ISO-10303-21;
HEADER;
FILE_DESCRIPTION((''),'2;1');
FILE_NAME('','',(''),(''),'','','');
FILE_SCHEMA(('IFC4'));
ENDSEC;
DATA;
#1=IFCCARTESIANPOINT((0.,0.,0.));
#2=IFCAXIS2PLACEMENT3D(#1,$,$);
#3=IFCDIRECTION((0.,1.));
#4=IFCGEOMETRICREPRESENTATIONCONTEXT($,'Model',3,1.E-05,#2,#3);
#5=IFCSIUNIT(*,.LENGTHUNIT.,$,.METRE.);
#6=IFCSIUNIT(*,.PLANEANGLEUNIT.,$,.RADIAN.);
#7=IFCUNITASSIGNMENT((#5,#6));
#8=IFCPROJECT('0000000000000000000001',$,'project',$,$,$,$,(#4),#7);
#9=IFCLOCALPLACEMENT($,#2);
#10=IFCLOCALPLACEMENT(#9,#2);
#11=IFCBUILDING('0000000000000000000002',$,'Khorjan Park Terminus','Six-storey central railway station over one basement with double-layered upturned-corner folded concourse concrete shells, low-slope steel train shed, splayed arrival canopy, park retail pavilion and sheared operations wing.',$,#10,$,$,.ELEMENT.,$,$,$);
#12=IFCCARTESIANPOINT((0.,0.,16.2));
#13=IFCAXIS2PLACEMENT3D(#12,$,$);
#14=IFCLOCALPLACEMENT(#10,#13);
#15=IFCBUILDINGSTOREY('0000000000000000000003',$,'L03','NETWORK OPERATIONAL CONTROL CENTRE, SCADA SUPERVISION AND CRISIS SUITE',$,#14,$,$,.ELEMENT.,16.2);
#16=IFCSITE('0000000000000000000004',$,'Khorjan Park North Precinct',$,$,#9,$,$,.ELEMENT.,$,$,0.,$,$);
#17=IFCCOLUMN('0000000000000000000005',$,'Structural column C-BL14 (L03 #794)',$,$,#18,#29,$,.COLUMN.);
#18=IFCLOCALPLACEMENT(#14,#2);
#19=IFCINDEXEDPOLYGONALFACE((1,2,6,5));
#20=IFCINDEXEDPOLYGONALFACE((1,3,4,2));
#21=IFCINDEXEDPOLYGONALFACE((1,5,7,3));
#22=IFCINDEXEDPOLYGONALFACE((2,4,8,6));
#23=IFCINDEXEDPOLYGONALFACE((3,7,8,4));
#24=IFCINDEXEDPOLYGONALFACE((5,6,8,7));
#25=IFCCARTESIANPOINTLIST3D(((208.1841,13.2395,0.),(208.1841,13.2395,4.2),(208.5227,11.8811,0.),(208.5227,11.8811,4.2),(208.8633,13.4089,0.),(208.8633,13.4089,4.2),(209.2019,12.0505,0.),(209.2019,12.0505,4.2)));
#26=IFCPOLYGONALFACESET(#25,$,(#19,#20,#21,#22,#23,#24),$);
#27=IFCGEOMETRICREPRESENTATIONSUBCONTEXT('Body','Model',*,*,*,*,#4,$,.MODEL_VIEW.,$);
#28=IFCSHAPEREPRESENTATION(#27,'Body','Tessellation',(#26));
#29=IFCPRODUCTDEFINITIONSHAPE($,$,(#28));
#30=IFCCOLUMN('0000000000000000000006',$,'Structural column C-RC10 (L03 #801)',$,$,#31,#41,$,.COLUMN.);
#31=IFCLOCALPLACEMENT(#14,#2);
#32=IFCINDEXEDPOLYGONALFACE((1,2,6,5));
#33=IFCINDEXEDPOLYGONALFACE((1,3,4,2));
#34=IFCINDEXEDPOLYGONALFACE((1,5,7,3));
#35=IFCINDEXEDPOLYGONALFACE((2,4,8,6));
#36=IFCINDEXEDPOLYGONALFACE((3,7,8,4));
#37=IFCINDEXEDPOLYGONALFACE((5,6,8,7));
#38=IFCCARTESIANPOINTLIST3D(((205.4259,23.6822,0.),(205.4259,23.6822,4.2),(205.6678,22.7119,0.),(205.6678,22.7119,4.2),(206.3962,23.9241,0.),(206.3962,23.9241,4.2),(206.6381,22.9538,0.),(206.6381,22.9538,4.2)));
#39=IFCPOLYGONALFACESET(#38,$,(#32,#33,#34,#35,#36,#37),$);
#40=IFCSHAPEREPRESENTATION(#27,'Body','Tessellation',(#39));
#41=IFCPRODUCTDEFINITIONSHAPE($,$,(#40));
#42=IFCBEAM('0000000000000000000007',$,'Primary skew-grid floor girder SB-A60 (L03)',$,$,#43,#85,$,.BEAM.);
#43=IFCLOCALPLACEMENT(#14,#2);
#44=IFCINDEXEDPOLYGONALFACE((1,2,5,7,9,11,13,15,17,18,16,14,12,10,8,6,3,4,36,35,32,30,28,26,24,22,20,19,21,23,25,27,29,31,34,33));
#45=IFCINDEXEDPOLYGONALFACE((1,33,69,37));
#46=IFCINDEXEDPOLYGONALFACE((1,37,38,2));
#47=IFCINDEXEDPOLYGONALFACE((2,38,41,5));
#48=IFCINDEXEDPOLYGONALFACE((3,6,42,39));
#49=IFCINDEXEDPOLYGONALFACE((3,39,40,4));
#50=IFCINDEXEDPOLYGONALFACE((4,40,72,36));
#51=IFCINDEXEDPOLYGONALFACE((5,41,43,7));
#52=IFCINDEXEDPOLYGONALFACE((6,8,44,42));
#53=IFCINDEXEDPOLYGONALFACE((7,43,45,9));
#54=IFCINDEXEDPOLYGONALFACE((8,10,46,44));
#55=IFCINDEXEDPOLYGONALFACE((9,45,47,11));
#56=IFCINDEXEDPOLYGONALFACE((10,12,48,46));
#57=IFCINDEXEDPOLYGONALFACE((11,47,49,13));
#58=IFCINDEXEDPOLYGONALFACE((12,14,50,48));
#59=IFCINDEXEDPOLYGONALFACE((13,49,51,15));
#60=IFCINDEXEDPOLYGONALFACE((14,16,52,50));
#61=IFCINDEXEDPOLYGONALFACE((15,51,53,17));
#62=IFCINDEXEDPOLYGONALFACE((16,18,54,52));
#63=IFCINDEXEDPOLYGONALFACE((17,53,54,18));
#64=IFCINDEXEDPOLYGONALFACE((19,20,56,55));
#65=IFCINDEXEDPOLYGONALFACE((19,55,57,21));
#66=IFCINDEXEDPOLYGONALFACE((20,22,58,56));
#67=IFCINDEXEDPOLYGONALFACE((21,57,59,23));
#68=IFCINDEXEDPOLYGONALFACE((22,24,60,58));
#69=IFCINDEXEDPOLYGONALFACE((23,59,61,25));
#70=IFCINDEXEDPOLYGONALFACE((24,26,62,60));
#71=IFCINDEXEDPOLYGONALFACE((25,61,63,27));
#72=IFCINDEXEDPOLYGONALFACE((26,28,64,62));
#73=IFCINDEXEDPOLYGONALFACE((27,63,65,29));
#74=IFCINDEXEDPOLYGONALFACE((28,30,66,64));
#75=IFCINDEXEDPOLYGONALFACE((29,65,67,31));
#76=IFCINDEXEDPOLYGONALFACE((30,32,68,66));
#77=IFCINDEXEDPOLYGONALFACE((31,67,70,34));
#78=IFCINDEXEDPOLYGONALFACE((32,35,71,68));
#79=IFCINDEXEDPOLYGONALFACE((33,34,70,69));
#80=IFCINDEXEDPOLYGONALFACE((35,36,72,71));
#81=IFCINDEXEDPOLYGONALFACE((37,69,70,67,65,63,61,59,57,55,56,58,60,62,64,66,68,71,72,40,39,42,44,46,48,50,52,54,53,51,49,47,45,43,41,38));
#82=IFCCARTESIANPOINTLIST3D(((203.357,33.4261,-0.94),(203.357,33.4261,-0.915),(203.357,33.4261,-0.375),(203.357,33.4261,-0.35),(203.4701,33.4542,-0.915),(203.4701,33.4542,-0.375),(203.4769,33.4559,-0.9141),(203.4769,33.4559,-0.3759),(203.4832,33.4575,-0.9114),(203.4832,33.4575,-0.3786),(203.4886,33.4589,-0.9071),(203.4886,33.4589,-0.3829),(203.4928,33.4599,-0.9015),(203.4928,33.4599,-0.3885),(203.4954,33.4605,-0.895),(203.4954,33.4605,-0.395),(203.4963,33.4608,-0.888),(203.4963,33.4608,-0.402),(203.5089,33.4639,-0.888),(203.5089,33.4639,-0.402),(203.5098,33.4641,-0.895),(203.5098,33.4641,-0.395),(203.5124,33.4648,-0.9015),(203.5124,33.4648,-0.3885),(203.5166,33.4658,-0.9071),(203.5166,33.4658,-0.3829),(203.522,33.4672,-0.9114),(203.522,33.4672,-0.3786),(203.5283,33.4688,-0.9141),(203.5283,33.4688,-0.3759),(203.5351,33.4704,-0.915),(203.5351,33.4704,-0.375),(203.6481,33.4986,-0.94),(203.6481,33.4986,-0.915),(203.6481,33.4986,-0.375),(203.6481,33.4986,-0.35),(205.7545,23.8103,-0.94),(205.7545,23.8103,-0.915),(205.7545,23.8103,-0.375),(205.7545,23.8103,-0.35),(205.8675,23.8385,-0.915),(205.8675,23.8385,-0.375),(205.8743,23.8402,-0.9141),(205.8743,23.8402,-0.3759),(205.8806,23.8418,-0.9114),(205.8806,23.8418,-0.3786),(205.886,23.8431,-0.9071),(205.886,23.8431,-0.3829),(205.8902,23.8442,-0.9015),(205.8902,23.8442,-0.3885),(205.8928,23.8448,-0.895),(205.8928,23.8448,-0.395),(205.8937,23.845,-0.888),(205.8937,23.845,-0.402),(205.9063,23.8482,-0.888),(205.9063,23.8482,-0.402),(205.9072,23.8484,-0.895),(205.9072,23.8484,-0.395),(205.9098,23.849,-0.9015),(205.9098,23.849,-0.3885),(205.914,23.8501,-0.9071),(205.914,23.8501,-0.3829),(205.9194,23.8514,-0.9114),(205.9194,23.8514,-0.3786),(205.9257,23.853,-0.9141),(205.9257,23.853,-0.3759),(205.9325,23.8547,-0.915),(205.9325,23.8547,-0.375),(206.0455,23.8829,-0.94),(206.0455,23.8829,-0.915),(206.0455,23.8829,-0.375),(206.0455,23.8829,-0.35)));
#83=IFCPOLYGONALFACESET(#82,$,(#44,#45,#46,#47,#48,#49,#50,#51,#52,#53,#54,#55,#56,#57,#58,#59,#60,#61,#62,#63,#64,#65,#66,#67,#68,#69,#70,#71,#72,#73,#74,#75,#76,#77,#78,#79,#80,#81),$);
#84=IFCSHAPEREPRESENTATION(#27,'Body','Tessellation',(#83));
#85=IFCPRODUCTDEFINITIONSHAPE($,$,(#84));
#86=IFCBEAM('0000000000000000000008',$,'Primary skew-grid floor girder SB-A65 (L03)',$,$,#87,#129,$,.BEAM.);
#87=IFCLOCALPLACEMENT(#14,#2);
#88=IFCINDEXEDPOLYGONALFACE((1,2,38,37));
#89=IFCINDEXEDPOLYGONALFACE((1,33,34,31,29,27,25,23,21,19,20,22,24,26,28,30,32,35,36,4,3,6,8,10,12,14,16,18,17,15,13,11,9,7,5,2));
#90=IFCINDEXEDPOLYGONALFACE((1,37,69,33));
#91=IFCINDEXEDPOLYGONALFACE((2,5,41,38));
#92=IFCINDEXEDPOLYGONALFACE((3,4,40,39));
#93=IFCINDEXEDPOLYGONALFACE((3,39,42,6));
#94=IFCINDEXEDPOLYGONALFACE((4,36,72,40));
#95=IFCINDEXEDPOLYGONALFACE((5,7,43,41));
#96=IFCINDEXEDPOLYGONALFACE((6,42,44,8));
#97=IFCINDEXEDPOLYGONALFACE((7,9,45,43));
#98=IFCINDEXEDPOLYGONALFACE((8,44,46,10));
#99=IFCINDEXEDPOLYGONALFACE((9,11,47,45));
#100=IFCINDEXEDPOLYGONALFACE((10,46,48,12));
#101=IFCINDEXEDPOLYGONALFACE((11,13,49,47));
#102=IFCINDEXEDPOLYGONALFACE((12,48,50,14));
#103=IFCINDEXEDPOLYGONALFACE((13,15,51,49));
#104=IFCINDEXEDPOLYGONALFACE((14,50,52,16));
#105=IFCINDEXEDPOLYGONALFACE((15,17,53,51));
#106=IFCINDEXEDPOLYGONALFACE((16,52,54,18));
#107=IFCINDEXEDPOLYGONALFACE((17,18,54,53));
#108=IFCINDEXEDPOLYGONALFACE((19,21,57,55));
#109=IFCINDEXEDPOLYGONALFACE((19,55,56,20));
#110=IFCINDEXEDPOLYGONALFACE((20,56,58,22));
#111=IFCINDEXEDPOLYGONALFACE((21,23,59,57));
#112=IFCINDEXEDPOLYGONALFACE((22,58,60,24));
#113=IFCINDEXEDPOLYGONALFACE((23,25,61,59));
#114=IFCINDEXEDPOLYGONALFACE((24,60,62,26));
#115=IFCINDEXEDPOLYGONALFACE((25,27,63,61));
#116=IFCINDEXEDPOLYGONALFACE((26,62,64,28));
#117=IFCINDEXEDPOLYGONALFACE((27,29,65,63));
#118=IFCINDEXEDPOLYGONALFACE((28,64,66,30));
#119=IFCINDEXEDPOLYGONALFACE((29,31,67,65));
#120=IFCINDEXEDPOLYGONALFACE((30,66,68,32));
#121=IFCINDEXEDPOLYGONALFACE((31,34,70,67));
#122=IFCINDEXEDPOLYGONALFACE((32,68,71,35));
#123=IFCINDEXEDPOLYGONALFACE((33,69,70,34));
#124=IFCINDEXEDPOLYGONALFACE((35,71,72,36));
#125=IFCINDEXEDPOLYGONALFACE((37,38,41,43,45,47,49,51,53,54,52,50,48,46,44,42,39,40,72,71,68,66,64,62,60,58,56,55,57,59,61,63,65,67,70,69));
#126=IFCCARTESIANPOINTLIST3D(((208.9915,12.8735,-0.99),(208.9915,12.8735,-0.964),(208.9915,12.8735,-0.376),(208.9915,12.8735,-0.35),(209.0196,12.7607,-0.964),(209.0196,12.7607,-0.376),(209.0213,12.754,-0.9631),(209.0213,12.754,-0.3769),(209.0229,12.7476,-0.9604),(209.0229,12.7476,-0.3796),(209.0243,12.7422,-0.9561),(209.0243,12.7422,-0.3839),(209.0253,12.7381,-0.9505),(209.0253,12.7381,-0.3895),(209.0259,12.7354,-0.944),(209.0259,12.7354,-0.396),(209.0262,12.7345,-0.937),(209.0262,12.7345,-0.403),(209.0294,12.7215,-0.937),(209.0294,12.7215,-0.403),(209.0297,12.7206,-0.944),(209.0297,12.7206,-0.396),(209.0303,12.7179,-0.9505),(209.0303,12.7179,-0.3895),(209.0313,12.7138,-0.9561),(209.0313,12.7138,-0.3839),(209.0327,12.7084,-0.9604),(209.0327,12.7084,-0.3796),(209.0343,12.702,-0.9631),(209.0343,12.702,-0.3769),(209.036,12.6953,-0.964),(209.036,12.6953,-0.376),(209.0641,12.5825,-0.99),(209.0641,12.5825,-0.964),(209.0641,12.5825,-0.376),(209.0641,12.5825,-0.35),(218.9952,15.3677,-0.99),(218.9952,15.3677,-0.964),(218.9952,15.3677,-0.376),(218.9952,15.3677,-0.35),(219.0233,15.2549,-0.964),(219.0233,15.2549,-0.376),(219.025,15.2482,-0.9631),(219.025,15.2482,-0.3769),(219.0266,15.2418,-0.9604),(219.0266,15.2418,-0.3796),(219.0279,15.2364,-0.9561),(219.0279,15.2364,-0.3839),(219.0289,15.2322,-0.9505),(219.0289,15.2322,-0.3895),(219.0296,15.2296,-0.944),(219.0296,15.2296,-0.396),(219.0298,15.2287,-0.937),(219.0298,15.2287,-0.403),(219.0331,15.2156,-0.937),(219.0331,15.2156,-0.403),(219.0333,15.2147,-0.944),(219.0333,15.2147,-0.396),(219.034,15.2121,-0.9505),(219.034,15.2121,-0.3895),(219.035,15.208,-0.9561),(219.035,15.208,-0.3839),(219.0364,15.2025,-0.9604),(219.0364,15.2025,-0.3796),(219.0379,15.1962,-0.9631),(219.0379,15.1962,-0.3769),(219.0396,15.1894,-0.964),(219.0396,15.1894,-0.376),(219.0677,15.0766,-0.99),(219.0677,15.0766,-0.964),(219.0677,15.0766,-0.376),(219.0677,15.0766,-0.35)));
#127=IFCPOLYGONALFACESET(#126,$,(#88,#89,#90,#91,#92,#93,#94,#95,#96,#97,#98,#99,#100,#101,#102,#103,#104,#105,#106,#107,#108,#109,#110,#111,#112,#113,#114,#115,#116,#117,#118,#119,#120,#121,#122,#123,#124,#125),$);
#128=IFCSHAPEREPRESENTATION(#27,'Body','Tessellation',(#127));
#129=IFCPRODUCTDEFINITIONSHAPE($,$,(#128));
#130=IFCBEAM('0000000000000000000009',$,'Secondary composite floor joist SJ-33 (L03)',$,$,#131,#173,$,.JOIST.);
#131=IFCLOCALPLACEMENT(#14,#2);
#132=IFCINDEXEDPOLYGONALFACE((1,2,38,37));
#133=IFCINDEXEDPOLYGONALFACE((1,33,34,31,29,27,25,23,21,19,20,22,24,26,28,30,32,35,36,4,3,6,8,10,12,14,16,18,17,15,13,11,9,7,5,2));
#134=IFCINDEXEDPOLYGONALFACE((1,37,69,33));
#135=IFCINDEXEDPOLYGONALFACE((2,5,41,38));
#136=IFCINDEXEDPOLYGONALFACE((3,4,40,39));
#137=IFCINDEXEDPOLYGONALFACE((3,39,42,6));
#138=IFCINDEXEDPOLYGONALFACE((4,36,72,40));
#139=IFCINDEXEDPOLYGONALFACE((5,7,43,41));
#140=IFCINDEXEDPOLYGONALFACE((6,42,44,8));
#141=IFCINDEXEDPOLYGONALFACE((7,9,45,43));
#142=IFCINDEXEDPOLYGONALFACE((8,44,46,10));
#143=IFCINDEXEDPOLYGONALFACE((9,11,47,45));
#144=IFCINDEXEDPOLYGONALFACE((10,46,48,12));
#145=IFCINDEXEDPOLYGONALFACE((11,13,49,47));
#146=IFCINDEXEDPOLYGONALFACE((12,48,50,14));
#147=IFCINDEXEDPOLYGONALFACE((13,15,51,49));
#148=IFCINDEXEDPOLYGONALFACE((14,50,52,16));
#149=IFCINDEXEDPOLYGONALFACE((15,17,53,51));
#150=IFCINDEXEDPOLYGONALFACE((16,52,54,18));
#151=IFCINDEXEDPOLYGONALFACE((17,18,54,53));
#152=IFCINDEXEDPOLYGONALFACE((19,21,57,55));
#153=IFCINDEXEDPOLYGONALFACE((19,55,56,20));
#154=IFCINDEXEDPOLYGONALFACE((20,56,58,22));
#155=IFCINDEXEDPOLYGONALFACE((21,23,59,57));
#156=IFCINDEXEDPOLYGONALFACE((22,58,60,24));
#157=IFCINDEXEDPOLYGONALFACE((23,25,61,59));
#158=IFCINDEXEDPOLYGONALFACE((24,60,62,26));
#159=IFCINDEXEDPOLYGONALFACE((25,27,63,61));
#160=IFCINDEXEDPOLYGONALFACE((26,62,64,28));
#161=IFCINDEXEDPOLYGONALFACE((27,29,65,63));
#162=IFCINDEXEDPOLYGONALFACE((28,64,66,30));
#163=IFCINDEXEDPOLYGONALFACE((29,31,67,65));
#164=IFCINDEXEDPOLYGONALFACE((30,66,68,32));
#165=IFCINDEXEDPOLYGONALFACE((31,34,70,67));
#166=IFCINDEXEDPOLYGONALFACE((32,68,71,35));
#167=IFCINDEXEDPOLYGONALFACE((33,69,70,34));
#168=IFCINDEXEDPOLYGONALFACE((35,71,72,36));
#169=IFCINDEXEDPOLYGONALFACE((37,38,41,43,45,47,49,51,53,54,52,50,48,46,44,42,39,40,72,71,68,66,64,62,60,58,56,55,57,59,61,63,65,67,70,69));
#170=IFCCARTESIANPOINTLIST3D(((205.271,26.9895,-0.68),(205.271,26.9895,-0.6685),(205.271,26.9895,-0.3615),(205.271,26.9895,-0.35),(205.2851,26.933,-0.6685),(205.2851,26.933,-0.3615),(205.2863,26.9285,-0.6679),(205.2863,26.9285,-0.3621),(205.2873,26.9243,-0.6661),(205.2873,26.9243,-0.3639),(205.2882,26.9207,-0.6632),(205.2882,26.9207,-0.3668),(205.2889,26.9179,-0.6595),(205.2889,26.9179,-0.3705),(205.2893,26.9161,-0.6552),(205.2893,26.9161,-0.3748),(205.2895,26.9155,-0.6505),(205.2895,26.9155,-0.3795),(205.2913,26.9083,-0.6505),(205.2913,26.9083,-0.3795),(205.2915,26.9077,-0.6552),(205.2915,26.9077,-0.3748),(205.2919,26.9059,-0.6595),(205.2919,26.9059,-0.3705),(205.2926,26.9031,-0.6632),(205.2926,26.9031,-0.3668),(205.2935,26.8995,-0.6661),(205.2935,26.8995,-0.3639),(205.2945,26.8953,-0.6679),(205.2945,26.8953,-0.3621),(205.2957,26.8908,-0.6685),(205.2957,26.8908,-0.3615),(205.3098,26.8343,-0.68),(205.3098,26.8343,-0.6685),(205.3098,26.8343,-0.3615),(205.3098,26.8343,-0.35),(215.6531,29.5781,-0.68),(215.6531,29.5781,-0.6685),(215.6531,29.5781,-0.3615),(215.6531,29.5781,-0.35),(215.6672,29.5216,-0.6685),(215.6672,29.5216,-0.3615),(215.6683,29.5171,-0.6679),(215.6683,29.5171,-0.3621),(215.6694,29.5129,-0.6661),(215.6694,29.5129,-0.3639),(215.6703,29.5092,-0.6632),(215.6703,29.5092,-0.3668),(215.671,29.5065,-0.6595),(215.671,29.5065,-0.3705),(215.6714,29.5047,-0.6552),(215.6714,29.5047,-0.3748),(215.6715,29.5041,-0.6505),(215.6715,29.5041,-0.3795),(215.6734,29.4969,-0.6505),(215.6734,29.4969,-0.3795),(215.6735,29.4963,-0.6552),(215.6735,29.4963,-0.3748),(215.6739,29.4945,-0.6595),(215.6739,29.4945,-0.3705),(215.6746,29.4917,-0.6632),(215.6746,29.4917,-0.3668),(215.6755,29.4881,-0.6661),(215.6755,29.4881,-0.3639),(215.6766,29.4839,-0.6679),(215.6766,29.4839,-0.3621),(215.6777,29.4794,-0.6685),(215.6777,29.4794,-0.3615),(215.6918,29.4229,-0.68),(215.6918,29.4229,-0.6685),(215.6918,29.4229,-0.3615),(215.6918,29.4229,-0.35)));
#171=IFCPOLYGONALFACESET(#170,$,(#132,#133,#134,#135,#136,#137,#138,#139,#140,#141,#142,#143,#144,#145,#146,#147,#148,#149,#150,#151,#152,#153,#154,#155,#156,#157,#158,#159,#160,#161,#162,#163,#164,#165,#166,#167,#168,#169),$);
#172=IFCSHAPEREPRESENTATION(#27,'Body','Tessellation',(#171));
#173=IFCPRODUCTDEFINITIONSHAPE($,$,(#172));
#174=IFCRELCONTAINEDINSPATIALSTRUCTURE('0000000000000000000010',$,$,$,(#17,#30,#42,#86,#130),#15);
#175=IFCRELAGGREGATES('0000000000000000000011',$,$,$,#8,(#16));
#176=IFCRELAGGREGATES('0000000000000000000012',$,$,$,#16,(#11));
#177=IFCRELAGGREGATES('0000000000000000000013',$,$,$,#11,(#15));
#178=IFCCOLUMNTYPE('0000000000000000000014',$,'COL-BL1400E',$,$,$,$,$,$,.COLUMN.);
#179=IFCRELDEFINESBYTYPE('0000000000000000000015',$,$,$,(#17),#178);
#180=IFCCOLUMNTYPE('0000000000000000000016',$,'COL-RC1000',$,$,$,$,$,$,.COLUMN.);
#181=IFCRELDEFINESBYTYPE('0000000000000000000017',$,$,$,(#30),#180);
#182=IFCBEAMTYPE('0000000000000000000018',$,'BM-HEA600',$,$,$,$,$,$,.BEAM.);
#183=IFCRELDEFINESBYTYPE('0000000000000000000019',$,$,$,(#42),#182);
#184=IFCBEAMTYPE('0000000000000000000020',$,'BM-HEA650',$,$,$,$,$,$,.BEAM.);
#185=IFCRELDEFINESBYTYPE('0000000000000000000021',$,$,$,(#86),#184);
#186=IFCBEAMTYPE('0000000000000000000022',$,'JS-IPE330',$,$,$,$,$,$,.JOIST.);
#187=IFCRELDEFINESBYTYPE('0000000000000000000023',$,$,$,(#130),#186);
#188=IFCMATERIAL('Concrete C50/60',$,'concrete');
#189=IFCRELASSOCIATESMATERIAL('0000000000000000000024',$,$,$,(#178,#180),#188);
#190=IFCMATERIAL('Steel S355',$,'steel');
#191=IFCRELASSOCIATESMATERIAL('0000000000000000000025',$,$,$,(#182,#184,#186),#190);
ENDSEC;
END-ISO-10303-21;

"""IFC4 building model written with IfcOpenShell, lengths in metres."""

from ifc_helpers import new_model, si_unit, direction, frame, origin, origin_2d, place, context, subcontext, project, spatial, rectangle, i_section, extrude, material, material_profile, profile_set, type_object, element, save


model = new_model("IFC4")

# Units and contexts
model_context = context("Model", 3, precision=1e-05, world=origin(), true_north=direction((0.0, 1.0)))
body_context = subcontext(model_context, "Body", "Model", "MODEL_VIEW")
ifc_project = project(units=[si_unit("LENGTHUNIT", "METRE"), si_unit("PLANEANGLEUNIT", "RADIAN")], contexts=[model_context])

# Site, building, storey
site_placement = place(None, origin())
site = spatial("IfcSite", under=ifc_project, at=site_placement, Name="Khorjan Park North Precinct", CompositionType="ELEMENT", RefElevation=0.0)
building_placement = place(site_placement, origin())
building = spatial("IfcBuilding", under=site, at=building_placement, Name="Khorjan Park Terminus", Description="Six-storey central railway station over one basement with double-layered upturned-corner folded concourse concrete shells, low-slope steel train shed, splayed arrival canopy, park retail pavilion and sheared operations wing.", CompositionType="ELEMENT")
storey_placement = place(building_placement, frame((0.0, 0.0, 16.2)))
storey = spatial("IfcBuildingStorey", under=building, at=storey_placement, Name="L03", Description="NETWORK OPERATIONAL CONTROL CENTRE, SCADA SUPERVISION AND CRISIS SUITE", CompositionType="ELEMENT", Elevation=16.2)

# Columns
ifc_material_1 = material(Name="Concrete C50/60", Category="concrete")
ifc_material_profile_1 = material_profile(ifc_material_1, rectangle(XDim=0.7, YDim=1.4, at=origin_2d()), Name="RC 700x1400")
ifc_profile_set_1 = profile_set([ifc_material_profile_1], Name="Concrete C50/60")
column_type_1 = type_object("IfcColumnType", Name="COL-BL1400E", PredefinedType="COLUMN", material=ifc_profile_set_1)
column_1_placement = place(storey_placement, frame((208.693, 12.645, 0.0), z_axis=(0.0, 0.0, 1.0), x_axis=(0.970296, 0.241922, 0.0)))
element("IfcColumn", 1, at=column_1_placement, inside=storey, type_object=column_type_1, Name="Structural column C-BL14 (L03 #794)", PredefinedType="COLUMN", context=body_context, shape_type="SweptSolid", body=[
    extrude(rectangle(XDim=0.7, YDim=1.4, at=origin_2d()), origin(), (0.0, 0.0, 1.0), 4.2),
])
ifc_material_profile_2 = material_profile(ifc_material_1, rectangle(XDim=1.0, YDim=1.0, at=origin_2d()), Name="RC 1000x1000")
ifc_profile_set_2 = profile_set([ifc_material_profile_2], Name="Concrete C50/60")
column_type_2 = type_object("IfcColumnType", Name="COL-RC1000", PredefinedType="COLUMN", material=ifc_profile_set_2)
column_2_placement = place(storey_placement, frame((206.032, 23.318, 0.0), z_axis=(0.0, 0.0, 1.0), x_axis=(0.970296, 0.241922, 0.0)))
element("IfcColumn", 2, at=column_2_placement, inside=storey, type_object=column_type_2, Name="Structural column C-RC10 (L03 #801)", PredefinedType="COLUMN", context=body_context, shape_type="SweptSolid", body=[
    extrude(rectangle(XDim=1.0, YDim=1.0, at=origin_2d()), origin(), (0.0, 0.0, 1.0), 4.2),
])

# Beams
ifc_material_2 = material(Name="Steel S355", Category="steel")
ifc_material_profile_3 = material_profile(ifc_material_2, i_section(OverallWidth=0.3, OverallDepth=0.59, WebThickness=0.013, FlangeThickness=0.025, FilletRadius=0.027, at=origin_2d()), Name="HEA 600")
ifc_profile_set_3 = profile_set([ifc_material_profile_3], Name="Steel S355")
beam_type_1 = type_object("IfcBeamType", Name="BM-HEA600", PredefinedType="BEAM", material=ifc_profile_set_3)
beam_1_placement = place(storey_placement, frame((205.9, 23.8466, -0.645), z_axis=(-0.241916, 0.970297, 0.0), x_axis=(-0.970297, -0.241916, 0.0)))
element("IfcBeam", 3, at=beam_1_placement, inside=storey, type_object=beam_type_1, Name="Primary skew-grid floor girder SB-A60 (L03)", PredefinedType="BEAM", context=body_context, shape_type="SweptSolid", body=[
    extrude(i_section(OverallWidth=0.3, OverallDepth=0.59, WebThickness=0.013, FlangeThickness=0.025, FilletRadius=0.027, at=origin_2d()), origin(), (0.0, 0.0, 1.0), 9.9101),
])
ifc_material_profile_4 = material_profile(ifc_material_2, i_section(OverallWidth=0.3, OverallDepth=0.64, WebThickness=0.0135, FlangeThickness=0.026, FilletRadius=0.027, at=origin_2d()), Name="HEA 650")
ifc_profile_set_4 = profile_set([ifc_material_profile_4], Name="Steel S355")
beam_type_2 = type_object("IfcBeamType", Name="BM-HEA650", PredefinedType="BEAM", material=ifc_profile_set_4)
beam_2_placement = place(storey_placement, frame((209.0278, 12.728, -0.67), z_axis=(0.970296, 0.241922, 0.0), x_axis=(-0.241922, 0.970296, 0.0)))
element("IfcBeam", 4, at=beam_2_placement, inside=storey, type_object=beam_type_2, Name="Primary skew-grid floor girder SB-A65 (L03)", PredefinedType="BEAM", context=body_context, shape_type="SweptSolid", body=[
    extrude(i_section(OverallWidth=0.3, OverallDepth=0.64, WebThickness=0.0135, FlangeThickness=0.026, FilletRadius=0.027, at=origin_2d()), origin(), (0.0, 0.0, 1.0), 10.3099),
])
ifc_material_profile_5 = material_profile(ifc_material_2, i_section(OverallWidth=0.16, OverallDepth=0.33, WebThickness=0.0075, FlangeThickness=0.0115, FilletRadius=0.018, at=origin_2d()), Name="IPE 330")
ifc_profile_set_5 = profile_set([ifc_material_profile_5], Name="Steel S355")
beam_type_3 = type_object("IfcBeamType", Name="JS-IPE330", PredefinedType="JOIST", material=ifc_profile_set_5)
beam_3_placement = place(storey_placement, frame((205.2904, 26.9119, -0.515), z_axis=(0.970295, 0.241926, 0.0), x_axis=(-0.241926, 0.970295, 0.0)))
element("IfcBeam", 5, at=beam_3_placement, inside=storey, type_object=beam_type_3, Name="Secondary composite floor joist SJ-33 (L03)", PredefinedType="JOIST", context=body_context, shape_type="SweptSolid", body=[
    extrude(i_section(OverallWidth=0.16, OverallDepth=0.33, WebThickness=0.0075, FlangeThickness=0.0115, FilletRadius=0.018, at=origin_2d()), origin(), (0.0, 0.0, 1.0), 10.6999),
])

save(model, "model.ifc")
